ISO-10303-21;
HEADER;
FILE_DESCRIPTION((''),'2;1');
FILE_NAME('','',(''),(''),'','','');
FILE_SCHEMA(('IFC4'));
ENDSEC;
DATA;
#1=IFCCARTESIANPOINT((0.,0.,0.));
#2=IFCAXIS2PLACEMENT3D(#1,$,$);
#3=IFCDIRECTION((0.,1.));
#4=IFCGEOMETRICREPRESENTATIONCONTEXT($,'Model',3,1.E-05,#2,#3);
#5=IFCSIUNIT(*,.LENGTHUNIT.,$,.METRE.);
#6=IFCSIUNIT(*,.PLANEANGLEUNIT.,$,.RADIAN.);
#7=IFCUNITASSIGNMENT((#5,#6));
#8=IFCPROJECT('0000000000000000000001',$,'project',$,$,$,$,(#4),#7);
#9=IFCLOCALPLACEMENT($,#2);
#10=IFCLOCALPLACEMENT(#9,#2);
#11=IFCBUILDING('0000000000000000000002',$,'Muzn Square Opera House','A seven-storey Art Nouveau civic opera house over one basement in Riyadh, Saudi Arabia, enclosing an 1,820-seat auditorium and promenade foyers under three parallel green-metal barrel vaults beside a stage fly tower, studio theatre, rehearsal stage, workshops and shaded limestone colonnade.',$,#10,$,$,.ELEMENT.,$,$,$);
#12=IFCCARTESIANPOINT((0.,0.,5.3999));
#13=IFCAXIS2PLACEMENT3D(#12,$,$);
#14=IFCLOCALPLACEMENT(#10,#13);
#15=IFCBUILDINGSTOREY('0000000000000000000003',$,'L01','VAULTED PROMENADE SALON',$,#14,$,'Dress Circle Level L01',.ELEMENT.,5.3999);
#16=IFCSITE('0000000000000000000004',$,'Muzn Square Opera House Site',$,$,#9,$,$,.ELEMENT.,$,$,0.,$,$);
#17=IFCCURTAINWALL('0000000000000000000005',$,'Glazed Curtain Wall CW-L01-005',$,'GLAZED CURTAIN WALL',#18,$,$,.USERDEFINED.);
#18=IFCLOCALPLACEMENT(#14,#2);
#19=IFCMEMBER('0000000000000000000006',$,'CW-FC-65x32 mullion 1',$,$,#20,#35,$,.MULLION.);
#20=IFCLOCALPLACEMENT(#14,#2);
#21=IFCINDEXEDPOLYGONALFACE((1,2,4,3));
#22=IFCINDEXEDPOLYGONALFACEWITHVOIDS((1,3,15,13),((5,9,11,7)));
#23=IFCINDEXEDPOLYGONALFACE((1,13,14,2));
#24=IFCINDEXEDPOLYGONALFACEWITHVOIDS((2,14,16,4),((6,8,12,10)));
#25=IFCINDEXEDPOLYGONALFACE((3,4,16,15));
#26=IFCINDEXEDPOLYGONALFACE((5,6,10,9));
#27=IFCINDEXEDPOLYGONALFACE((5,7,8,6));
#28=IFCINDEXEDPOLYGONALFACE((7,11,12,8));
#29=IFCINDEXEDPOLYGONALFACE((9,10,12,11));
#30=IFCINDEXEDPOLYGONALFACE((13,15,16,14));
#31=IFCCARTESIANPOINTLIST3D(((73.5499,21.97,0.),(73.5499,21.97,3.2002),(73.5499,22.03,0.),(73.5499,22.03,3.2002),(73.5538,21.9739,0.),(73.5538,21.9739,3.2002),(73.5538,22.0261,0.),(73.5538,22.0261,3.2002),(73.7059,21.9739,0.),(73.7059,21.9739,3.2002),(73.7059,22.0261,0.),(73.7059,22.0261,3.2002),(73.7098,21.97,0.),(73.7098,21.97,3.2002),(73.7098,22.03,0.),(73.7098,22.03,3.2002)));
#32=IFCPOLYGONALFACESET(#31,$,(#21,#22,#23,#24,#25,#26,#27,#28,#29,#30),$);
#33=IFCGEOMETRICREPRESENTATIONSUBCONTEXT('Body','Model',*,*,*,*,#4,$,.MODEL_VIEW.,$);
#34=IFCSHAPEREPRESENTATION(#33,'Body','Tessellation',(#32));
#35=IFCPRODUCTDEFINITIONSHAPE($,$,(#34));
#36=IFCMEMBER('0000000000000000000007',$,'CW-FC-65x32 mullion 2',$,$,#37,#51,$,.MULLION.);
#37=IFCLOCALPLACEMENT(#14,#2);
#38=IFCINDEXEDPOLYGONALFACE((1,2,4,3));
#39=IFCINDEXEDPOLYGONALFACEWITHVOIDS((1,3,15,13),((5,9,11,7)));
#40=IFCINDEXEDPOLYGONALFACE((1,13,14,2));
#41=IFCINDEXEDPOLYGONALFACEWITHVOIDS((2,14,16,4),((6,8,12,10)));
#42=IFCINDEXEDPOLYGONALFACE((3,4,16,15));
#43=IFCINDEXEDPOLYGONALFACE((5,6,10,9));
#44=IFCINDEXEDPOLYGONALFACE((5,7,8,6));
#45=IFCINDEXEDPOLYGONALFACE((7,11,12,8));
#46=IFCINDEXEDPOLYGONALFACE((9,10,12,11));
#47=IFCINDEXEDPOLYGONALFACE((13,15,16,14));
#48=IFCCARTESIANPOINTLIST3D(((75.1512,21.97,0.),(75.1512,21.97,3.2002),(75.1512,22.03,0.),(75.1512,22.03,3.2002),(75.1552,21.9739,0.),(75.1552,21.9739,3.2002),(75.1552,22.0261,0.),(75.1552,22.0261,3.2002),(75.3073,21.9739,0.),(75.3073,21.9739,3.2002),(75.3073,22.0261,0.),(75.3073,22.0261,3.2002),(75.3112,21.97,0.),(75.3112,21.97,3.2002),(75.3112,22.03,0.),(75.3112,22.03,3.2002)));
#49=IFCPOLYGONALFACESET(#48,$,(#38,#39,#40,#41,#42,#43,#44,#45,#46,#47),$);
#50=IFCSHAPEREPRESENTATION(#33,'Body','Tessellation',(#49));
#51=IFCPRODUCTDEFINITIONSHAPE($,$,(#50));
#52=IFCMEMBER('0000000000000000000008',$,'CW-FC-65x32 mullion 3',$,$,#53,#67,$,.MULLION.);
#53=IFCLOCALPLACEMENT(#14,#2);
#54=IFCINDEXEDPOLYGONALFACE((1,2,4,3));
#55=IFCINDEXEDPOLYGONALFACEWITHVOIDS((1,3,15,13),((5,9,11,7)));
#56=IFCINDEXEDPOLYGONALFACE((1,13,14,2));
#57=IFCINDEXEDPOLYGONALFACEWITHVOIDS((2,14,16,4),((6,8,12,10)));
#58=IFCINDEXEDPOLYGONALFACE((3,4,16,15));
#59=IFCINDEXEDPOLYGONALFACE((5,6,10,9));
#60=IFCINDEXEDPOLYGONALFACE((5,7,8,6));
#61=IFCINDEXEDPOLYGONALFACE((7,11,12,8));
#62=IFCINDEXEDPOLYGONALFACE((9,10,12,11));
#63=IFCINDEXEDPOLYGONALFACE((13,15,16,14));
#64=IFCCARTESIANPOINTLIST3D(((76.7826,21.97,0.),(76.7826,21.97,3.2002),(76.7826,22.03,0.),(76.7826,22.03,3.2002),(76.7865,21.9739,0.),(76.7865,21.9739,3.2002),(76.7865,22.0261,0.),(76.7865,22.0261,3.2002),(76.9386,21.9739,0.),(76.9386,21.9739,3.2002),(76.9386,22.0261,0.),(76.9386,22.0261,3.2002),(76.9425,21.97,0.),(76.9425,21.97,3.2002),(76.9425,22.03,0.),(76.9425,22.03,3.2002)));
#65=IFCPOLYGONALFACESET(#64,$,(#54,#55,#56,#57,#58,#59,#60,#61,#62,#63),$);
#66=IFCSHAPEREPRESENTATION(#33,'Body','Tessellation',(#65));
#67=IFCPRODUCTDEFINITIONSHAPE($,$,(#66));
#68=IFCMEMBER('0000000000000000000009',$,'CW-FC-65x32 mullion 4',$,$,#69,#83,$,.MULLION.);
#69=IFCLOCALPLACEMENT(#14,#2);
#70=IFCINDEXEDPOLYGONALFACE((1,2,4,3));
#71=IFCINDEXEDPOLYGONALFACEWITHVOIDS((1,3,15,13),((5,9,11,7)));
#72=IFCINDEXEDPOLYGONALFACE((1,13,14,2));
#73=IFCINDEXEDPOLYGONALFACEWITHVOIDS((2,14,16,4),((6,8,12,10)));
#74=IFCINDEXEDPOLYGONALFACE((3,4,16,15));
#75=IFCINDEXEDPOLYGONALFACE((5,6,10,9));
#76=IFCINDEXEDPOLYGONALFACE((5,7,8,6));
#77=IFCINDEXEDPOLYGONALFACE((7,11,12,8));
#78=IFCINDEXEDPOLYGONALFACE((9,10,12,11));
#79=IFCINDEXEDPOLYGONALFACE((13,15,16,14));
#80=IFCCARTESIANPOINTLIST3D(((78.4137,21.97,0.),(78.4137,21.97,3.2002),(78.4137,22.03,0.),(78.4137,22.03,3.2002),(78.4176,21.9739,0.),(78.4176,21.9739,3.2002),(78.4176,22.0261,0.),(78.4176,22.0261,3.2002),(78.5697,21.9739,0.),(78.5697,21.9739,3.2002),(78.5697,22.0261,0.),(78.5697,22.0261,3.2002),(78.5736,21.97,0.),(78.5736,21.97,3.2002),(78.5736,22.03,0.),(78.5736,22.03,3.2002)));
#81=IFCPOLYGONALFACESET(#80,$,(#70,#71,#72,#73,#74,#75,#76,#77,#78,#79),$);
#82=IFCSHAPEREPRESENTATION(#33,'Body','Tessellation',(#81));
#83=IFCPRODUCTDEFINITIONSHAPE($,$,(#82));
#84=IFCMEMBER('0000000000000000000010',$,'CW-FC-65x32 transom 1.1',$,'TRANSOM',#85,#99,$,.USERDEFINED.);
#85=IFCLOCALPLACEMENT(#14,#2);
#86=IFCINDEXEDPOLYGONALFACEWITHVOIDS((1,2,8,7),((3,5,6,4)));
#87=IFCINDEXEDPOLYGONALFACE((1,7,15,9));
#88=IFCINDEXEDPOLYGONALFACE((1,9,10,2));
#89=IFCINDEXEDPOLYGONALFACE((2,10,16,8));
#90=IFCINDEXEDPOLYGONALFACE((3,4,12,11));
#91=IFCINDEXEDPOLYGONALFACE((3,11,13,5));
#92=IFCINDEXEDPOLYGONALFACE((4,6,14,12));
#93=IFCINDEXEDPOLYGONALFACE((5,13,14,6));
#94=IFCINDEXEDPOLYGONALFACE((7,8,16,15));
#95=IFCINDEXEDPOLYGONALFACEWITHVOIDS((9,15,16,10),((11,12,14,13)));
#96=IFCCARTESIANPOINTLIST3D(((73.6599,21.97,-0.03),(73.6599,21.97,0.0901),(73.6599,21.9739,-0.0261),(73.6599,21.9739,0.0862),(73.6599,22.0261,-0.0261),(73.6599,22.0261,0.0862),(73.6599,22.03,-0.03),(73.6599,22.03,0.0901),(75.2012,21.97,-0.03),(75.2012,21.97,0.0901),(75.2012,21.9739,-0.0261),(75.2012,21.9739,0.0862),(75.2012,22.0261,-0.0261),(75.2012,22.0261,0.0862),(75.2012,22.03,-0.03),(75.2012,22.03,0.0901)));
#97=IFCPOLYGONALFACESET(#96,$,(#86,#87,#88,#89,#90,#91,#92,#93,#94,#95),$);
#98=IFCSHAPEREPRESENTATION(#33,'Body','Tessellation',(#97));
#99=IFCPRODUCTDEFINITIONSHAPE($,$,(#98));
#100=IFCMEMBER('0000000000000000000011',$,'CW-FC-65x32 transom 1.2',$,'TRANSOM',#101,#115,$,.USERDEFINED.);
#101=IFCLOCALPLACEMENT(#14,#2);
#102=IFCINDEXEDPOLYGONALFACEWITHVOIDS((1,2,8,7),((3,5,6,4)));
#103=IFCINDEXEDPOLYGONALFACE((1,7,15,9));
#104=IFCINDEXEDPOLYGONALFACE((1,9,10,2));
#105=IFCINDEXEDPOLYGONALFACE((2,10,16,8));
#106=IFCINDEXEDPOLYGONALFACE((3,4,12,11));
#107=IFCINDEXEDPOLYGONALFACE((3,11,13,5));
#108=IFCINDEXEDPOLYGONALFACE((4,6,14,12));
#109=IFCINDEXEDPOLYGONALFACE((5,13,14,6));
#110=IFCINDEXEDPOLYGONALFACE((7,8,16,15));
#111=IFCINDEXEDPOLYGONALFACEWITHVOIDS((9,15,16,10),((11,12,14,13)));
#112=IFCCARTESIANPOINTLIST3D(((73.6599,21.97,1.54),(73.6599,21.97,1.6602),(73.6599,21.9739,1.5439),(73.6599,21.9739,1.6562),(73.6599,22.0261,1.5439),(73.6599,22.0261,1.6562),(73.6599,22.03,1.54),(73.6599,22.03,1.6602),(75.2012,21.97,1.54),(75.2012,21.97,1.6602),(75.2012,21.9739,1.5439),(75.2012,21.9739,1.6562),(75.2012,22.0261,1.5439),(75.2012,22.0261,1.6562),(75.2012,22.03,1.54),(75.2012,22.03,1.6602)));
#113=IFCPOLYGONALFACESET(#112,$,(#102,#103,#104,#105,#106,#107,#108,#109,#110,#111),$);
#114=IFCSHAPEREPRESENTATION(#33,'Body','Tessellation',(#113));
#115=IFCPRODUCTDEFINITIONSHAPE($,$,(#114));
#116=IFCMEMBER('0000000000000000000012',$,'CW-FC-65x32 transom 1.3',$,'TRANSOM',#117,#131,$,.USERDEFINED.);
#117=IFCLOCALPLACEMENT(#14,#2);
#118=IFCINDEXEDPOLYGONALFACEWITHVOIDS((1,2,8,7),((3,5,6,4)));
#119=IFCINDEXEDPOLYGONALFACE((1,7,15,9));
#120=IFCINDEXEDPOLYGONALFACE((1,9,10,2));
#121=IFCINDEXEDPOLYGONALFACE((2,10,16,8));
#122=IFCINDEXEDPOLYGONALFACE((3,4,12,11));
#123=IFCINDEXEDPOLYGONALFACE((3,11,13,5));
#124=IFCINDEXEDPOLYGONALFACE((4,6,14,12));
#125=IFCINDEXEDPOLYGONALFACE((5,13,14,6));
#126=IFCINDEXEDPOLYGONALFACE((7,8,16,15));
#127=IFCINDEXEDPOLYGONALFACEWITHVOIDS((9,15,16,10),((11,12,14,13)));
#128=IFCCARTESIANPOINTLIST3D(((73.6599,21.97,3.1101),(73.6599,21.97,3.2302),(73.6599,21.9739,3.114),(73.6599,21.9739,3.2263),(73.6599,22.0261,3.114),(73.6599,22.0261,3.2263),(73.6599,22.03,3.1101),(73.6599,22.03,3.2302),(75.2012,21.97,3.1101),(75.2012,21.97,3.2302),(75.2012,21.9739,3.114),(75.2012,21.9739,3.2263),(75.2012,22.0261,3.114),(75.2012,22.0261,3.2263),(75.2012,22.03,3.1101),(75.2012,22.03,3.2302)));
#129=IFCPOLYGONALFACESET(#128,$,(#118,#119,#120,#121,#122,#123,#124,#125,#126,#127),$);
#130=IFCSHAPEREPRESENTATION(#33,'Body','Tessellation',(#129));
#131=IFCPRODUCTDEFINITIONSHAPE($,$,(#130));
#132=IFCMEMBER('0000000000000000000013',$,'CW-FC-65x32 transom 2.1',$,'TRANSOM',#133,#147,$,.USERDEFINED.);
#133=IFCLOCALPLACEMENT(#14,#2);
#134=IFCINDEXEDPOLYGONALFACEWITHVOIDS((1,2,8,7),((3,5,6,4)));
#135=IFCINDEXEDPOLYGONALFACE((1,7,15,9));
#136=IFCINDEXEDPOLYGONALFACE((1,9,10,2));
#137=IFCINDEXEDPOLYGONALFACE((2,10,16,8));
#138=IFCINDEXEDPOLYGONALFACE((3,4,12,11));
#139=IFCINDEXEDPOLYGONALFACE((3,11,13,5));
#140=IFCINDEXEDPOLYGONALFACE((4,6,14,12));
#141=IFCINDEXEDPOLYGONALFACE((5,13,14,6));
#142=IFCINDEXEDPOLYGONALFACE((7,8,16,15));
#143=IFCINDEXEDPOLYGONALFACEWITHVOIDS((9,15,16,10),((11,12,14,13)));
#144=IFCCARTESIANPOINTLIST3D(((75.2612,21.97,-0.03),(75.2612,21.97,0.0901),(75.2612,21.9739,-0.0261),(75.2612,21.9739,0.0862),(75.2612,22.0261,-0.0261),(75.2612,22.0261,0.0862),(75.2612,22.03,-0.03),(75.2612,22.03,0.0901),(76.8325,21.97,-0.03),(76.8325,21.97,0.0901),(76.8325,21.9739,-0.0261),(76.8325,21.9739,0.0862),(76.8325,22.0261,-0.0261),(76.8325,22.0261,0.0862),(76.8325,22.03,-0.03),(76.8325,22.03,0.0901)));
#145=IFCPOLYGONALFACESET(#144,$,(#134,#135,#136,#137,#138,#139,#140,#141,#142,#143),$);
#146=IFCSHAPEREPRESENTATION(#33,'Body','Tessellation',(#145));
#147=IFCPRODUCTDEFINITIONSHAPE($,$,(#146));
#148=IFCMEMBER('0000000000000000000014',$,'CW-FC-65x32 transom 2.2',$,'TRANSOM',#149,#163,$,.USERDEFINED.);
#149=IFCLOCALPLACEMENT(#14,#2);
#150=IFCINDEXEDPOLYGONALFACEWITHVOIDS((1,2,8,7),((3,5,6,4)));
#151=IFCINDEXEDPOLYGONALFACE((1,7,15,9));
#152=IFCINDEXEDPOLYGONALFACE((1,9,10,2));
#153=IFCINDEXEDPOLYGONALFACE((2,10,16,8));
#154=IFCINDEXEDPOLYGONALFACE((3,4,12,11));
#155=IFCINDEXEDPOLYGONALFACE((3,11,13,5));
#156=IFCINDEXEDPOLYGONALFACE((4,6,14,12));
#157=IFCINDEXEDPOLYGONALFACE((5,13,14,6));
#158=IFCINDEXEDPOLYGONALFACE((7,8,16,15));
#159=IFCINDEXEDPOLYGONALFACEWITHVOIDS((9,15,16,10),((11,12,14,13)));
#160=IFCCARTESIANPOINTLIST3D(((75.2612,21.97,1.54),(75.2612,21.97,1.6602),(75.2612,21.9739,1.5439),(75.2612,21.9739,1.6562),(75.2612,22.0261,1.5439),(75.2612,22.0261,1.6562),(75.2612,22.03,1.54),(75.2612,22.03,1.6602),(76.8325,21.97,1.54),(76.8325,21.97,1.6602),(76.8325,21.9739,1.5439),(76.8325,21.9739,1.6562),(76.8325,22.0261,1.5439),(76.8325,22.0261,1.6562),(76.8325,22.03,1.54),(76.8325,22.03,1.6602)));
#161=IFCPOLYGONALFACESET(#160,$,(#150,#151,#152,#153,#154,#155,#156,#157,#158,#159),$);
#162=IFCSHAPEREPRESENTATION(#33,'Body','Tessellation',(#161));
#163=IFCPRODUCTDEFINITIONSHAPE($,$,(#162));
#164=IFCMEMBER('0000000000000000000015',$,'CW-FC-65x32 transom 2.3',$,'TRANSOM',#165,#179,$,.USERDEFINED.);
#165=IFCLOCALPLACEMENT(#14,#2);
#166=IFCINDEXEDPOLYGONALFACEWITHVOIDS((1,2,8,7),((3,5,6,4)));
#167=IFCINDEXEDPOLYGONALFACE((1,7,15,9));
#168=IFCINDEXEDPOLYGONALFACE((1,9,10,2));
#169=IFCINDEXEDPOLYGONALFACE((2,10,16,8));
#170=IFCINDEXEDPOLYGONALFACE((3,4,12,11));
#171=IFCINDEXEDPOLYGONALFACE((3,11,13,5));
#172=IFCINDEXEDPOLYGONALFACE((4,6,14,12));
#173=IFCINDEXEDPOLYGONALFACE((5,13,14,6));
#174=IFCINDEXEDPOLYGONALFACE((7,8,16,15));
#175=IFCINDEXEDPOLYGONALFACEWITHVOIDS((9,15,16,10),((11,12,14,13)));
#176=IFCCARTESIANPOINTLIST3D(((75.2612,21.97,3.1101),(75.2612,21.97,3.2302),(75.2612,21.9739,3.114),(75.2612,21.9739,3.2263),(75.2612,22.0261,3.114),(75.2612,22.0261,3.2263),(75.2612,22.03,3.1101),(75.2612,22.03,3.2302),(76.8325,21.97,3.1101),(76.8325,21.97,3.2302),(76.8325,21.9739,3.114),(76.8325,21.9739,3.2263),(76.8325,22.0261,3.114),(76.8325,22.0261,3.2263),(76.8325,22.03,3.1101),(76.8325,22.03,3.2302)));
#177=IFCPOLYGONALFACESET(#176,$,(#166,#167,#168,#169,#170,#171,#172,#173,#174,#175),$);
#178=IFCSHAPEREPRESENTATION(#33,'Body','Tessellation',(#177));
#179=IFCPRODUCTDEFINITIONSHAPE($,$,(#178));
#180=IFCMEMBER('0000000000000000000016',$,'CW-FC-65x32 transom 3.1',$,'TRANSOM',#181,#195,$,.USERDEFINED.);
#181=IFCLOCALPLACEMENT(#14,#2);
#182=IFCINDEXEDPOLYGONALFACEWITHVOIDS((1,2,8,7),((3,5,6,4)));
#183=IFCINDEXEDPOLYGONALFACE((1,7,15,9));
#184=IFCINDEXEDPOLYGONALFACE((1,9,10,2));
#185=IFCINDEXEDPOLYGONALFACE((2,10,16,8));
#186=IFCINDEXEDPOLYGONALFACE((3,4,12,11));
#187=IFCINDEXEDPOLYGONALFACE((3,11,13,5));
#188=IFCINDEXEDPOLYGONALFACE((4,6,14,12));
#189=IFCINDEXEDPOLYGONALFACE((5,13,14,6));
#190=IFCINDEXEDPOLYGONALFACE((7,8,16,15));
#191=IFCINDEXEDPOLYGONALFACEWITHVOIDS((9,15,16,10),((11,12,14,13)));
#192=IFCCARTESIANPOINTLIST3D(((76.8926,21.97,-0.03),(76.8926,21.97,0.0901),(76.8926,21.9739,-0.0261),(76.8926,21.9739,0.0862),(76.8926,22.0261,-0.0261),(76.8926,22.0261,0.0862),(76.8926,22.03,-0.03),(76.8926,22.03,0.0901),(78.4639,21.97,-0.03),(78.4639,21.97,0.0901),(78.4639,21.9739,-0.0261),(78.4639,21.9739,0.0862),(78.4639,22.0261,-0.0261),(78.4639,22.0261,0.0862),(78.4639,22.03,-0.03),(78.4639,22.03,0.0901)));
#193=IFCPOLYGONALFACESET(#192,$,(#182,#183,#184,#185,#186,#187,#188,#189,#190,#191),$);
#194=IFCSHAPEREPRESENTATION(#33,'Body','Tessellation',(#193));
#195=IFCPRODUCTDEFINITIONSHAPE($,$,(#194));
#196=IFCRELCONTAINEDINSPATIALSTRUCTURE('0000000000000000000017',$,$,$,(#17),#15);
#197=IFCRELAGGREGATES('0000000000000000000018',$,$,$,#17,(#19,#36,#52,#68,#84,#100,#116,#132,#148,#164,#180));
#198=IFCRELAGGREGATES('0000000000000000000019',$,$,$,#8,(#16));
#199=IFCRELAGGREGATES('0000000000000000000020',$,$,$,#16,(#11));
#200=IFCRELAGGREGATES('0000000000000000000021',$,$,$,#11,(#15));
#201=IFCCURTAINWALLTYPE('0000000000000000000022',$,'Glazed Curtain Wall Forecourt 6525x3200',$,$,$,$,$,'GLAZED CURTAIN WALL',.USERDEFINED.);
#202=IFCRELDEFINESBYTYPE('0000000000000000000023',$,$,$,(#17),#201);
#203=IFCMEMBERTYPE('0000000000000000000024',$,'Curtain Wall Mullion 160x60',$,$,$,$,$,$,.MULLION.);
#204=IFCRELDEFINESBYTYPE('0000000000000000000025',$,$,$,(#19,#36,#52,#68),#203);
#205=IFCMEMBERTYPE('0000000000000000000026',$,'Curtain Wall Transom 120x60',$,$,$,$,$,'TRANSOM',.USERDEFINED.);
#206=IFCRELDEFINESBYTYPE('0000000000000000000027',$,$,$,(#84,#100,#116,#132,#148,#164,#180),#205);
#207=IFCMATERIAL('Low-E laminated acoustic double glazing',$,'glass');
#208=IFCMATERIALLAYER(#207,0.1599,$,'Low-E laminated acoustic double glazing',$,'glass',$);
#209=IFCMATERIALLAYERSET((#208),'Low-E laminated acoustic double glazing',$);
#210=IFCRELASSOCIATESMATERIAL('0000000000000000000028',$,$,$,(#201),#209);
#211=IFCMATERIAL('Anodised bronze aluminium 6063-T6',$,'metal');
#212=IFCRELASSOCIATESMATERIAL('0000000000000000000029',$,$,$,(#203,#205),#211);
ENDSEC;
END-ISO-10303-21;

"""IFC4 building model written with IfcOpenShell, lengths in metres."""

from ifc_helpers import new_model, si_unit, direction, frame, origin, origin_2d, place, context, subcontext, project, spatial, hollow_rectangle, extrude, material, layer, layer_set, material_profile, profile_set, type_object, element, aggregate, save


model = new_model("IFC4")

# Units and contexts
model_context = context("Model", 3, precision=1e-05, world=origin(), true_north=direction((0.0, 1.0)))
body_context = subcontext(model_context, "Body", "Model", "MODEL_VIEW")
ifc_project = project(units=[si_unit("LENGTHUNIT", "METRE"), si_unit("PLANEANGLEUNIT", "RADIAN")], contexts=[model_context])

# Site, building, storey
site_placement = place(None, origin())
site = spatial("IfcSite", under=ifc_project, at=site_placement, Name="Muzn Square Opera House Site", CompositionType="ELEMENT", RefElevation=0.0)
building_placement = place(site_placement, origin())
building = spatial("IfcBuilding", under=site, at=building_placement, Name="Muzn Square Opera House", Description="A seven-storey Art Nouveau civic opera house over one basement in Riyadh, Saudi Arabia, enclosing an 1,820-seat auditorium and promenade foyers under three parallel green-metal barrel vaults beside a stage fly tower, studio theatre, rehearsal stage, workshops and shaded limestone colonnade.", CompositionType="ELEMENT")
storey_placement = place(building_placement, frame((0.0, 0.0, 5.3999)))
storey = spatial("IfcBuildingStorey", under=building, at=storey_placement, Name="L01", Description="VAULTED PROMENADE SALON", LongName="Dress Circle Level L01", CompositionType="ELEMENT", Elevation=5.3999)

# Curtain wall, members
ifc_material_1 = material(Name="Low-E laminated acoustic double glazing", Category="glass")
ifc_layer_1 = layer(ifc_material_1, 0.1599, Name="Low-E laminated acoustic double glazing", Category="glass")
ifc_layer_set_1 = layer_set([ifc_layer_1], Name="Low-E laminated acoustic double glazing")
curtain_wall_type = type_object("IfcCurtainWallType", Name="Glazed Curtain Wall Forecourt 6525x3200", ElementType="GLAZED CURTAIN WALL", PredefinedType="USERDEFINED", material=ifc_layer_set_1)
curtain_wall_placement = place(storey_placement, origin())
curtain_wall = element("IfcCurtainWall", 1, at=curtain_wall_placement, inside=storey, type_object=curtain_wall_type, Name="Glazed Curtain Wall CW-L01-005", ObjectType="GLAZED CURTAIN WALL", PredefinedType="USERDEFINED")
ifc_material_2 = material(Name="Anodised bronze aluminium 6063-T6", Category="metal")
ifc_material_profile_1 = material_profile(ifc_material_2, hollow_rectangle(XDim=0.0601, YDim=0.1599, WallThickness=0.0039, at=origin_2d()), Name="ALU 160x60x4", Category="metal")
ifc_profile_set_1 = profile_set([ifc_material_profile_1], Name="Anodised bronze aluminium 6063-T6")
member_type_1 = type_object("IfcMemberType", Name="Curtain Wall Mullion 160x60", PredefinedType="MULLION", material=ifc_profile_set_1)
member_1_placement = place(storey_placement, frame((73.6299, 22.0, 0.0), z_axis=(0.0, 0.0, 1.0), x_axis=(0.0, 1.0, 0.0)))
member_1 = element("IfcMember", 2, at=member_1_placement, type_object=member_type_1, Name="CW-FC-65x32 mullion 1", PredefinedType="MULLION", context=body_context, shape_type="SweptSolid", body=[
    extrude(hollow_rectangle(XDim=0.0601, YDim=0.1599, WallThickness=0.0039, at=origin_2d()), origin(), (0.0, 0.0, 1.0), 3.2002),
])
member_2_placement = place(storey_placement, frame((75.2312, 22.0, 0.0), z_axis=(0.0, 0.0, 1.0), x_axis=(0.0, 1.0, 0.0)))
member_2 = element("IfcMember", 3, at=member_2_placement, type_object=member_type_1, Name="CW-FC-65x32 mullion 2", PredefinedType="MULLION", context=body_context, shape_type="SweptSolid", body=[
    extrude(hollow_rectangle(XDim=0.0601, YDim=0.1599, WallThickness=0.0039, at=origin_2d()), origin(), (0.0, 0.0, 1.0), 3.2002),
])
member_3_placement = place(storey_placement, frame((76.8625, 22.0, 0.0), z_axis=(0.0, 0.0, 1.0), x_axis=(0.0, 1.0, 0.0)))
member_3 = element("IfcMember", 4, at=member_3_placement, type_object=member_type_1, Name="CW-FC-65x32 mullion 3", PredefinedType="MULLION", context=body_context, shape_type="SweptSolid", body=[
    extrude(hollow_rectangle(XDim=0.0601, YDim=0.1599, WallThickness=0.0039, at=origin_2d()), origin(), (0.0, 0.0, 1.0), 3.2002),
])
member_4_placement = place(storey_placement, frame((78.4937, 22.0, 0.0), z_axis=(0.0, 0.0, 1.0), x_axis=(0.0, 1.0, 0.0)))
member_4 = element("IfcMember", 5, at=member_4_placement, type_object=member_type_1, Name="CW-FC-65x32 mullion 4", PredefinedType="MULLION", context=body_context, shape_type="SweptSolid", body=[
    extrude(hollow_rectangle(XDim=0.0601, YDim=0.1599, WallThickness=0.0039, at=origin_2d()), origin(), (0.0, 0.0, 1.0), 3.2002),
])
ifc_material_profile_2 = material_profile(ifc_material_2, hollow_rectangle(XDim=0.0601, YDim=0.1201, WallThickness=0.0039, at=origin_2d()), Name="ALU 120x60x4", Category="metal")
ifc_profile_set_2 = profile_set([ifc_material_profile_2], Name="Anodised bronze aluminium 6063-T6")
member_type_2 = type_object("IfcMemberType", Name="Curtain Wall Transom 120x60", ElementType="TRANSOM", PredefinedType="USERDEFINED", material=ifc_profile_set_2)
member_5_placement = place(storey_placement, frame((73.6599, 22.0, 0.03), z_axis=(1.0, 0.0, 0.0), x_axis=(0.0, 1.0, 0.0)))
member_5 = element("IfcMember", 6, at=member_5_placement, type_object=member_type_2, Name="CW-FC-65x32 transom 1.1", ObjectType="TRANSOM", PredefinedType="USERDEFINED", context=body_context, shape_type="SweptSolid", body=[
    extrude(hollow_rectangle(XDim=0.0601, YDim=0.1201, WallThickness=0.0039, at=origin_2d()), origin(), (0.0, 0.0, 1.0), 1.5413),
])
member_6_placement = place(storey_placement, frame((73.6599, 22.0, 1.6001), z_axis=(1.0, 0.0, 0.0), x_axis=(0.0, 1.0, 0.0)))
member_6 = element("IfcMember", 7, at=member_6_placement, type_object=member_type_2, Name="CW-FC-65x32 transom 1.2", ObjectType="TRANSOM", PredefinedType="USERDEFINED", context=body_context, shape_type="SweptSolid", body=[
    extrude(hollow_rectangle(XDim=0.0601, YDim=0.1201, WallThickness=0.0039, at=origin_2d()), origin(), (0.0, 0.0, 1.0), 1.5413),
])
member_7_placement = place(storey_placement, frame((73.6599, 22.0, 3.1702), z_axis=(1.0, 0.0, 0.0), x_axis=(0.0, 1.0, 0.0)))
member_7 = element("IfcMember", 8, at=member_7_placement, type_object=member_type_2, Name="CW-FC-65x32 transom 1.3", ObjectType="TRANSOM", PredefinedType="USERDEFINED", context=body_context, shape_type="SweptSolid", body=[
    extrude(hollow_rectangle(XDim=0.0601, YDim=0.1201, WallThickness=0.0039, at=origin_2d()), origin(), (0.0, 0.0, 1.0), 1.5413),
])
member_8_placement = place(storey_placement, frame((75.2612, 22.0, 0.03), z_axis=(1.0, 0.0, 0.0), x_axis=(0.0, 1.0, 0.0)))
member_8 = element("IfcMember", 9, at=member_8_placement, type_object=member_type_2, Name="CW-FC-65x32 transom 2.1", ObjectType="TRANSOM", PredefinedType="USERDEFINED", context=body_context, shape_type="SweptSolid", body=[
    extrude(hollow_rectangle(XDim=0.0601, YDim=0.1201, WallThickness=0.0039, at=origin_2d()), origin(), (0.0, 0.0, 1.0), 1.5713),
])
member_9_placement = place(storey_placement, frame((75.2612, 22.0, 1.6001), z_axis=(1.0, 0.0, 0.0), x_axis=(0.0, 1.0, 0.0)))
member_9 = element("IfcMember", 10, at=member_9_placement, type_object=member_type_2, Name="CW-FC-65x32 transom 2.2", ObjectType="TRANSOM", PredefinedType="USERDEFINED", context=body_context, shape_type="SweptSolid", body=[
    extrude(hollow_rectangle(XDim=0.0601, YDim=0.1201, WallThickness=0.0039, at=origin_2d()), origin(), (0.0, 0.0, 1.0), 1.5713),
])
member_10_placement = place(storey_placement, frame((75.2612, 22.0, 3.1702), z_axis=(1.0, 0.0, 0.0), x_axis=(0.0, 1.0, 0.0)))
member_10 = element("IfcMember", 11, at=member_10_placement, type_object=member_type_2, Name="CW-FC-65x32 transom 2.3", ObjectType="TRANSOM", PredefinedType="USERDEFINED", context=body_context, shape_type="SweptSolid", body=[
    extrude(hollow_rectangle(XDim=0.0601, YDim=0.1201, WallThickness=0.0039, at=origin_2d()), origin(), (0.0, 0.0, 1.0), 1.5713),
])
member_11_placement = place(storey_placement, frame((76.8926, 22.0, 0.03), z_axis=(1.0, 0.0, 0.0), x_axis=(0.0, 1.0, 0.0)))
member_11 = element("IfcMember", 12, at=member_11_placement, type_object=member_type_2, Name="CW-FC-65x32 transom 3.1", ObjectType="TRANSOM", PredefinedType="USERDEFINED", context=body_context, shape_type="SweptSolid", body=[
    extrude(hollow_rectangle(XDim=0.0601, YDim=0.1201, WallThickness=0.0039, at=origin_2d()), origin(), (0.0, 0.0, 1.0), 1.5713),
])

aggregate(curtain_wall, [member_1, member_2, member_3, member_4, member_5, member_6, member_7, member_8, member_9, member_10, member_11])

save(model, "model.ifc")
